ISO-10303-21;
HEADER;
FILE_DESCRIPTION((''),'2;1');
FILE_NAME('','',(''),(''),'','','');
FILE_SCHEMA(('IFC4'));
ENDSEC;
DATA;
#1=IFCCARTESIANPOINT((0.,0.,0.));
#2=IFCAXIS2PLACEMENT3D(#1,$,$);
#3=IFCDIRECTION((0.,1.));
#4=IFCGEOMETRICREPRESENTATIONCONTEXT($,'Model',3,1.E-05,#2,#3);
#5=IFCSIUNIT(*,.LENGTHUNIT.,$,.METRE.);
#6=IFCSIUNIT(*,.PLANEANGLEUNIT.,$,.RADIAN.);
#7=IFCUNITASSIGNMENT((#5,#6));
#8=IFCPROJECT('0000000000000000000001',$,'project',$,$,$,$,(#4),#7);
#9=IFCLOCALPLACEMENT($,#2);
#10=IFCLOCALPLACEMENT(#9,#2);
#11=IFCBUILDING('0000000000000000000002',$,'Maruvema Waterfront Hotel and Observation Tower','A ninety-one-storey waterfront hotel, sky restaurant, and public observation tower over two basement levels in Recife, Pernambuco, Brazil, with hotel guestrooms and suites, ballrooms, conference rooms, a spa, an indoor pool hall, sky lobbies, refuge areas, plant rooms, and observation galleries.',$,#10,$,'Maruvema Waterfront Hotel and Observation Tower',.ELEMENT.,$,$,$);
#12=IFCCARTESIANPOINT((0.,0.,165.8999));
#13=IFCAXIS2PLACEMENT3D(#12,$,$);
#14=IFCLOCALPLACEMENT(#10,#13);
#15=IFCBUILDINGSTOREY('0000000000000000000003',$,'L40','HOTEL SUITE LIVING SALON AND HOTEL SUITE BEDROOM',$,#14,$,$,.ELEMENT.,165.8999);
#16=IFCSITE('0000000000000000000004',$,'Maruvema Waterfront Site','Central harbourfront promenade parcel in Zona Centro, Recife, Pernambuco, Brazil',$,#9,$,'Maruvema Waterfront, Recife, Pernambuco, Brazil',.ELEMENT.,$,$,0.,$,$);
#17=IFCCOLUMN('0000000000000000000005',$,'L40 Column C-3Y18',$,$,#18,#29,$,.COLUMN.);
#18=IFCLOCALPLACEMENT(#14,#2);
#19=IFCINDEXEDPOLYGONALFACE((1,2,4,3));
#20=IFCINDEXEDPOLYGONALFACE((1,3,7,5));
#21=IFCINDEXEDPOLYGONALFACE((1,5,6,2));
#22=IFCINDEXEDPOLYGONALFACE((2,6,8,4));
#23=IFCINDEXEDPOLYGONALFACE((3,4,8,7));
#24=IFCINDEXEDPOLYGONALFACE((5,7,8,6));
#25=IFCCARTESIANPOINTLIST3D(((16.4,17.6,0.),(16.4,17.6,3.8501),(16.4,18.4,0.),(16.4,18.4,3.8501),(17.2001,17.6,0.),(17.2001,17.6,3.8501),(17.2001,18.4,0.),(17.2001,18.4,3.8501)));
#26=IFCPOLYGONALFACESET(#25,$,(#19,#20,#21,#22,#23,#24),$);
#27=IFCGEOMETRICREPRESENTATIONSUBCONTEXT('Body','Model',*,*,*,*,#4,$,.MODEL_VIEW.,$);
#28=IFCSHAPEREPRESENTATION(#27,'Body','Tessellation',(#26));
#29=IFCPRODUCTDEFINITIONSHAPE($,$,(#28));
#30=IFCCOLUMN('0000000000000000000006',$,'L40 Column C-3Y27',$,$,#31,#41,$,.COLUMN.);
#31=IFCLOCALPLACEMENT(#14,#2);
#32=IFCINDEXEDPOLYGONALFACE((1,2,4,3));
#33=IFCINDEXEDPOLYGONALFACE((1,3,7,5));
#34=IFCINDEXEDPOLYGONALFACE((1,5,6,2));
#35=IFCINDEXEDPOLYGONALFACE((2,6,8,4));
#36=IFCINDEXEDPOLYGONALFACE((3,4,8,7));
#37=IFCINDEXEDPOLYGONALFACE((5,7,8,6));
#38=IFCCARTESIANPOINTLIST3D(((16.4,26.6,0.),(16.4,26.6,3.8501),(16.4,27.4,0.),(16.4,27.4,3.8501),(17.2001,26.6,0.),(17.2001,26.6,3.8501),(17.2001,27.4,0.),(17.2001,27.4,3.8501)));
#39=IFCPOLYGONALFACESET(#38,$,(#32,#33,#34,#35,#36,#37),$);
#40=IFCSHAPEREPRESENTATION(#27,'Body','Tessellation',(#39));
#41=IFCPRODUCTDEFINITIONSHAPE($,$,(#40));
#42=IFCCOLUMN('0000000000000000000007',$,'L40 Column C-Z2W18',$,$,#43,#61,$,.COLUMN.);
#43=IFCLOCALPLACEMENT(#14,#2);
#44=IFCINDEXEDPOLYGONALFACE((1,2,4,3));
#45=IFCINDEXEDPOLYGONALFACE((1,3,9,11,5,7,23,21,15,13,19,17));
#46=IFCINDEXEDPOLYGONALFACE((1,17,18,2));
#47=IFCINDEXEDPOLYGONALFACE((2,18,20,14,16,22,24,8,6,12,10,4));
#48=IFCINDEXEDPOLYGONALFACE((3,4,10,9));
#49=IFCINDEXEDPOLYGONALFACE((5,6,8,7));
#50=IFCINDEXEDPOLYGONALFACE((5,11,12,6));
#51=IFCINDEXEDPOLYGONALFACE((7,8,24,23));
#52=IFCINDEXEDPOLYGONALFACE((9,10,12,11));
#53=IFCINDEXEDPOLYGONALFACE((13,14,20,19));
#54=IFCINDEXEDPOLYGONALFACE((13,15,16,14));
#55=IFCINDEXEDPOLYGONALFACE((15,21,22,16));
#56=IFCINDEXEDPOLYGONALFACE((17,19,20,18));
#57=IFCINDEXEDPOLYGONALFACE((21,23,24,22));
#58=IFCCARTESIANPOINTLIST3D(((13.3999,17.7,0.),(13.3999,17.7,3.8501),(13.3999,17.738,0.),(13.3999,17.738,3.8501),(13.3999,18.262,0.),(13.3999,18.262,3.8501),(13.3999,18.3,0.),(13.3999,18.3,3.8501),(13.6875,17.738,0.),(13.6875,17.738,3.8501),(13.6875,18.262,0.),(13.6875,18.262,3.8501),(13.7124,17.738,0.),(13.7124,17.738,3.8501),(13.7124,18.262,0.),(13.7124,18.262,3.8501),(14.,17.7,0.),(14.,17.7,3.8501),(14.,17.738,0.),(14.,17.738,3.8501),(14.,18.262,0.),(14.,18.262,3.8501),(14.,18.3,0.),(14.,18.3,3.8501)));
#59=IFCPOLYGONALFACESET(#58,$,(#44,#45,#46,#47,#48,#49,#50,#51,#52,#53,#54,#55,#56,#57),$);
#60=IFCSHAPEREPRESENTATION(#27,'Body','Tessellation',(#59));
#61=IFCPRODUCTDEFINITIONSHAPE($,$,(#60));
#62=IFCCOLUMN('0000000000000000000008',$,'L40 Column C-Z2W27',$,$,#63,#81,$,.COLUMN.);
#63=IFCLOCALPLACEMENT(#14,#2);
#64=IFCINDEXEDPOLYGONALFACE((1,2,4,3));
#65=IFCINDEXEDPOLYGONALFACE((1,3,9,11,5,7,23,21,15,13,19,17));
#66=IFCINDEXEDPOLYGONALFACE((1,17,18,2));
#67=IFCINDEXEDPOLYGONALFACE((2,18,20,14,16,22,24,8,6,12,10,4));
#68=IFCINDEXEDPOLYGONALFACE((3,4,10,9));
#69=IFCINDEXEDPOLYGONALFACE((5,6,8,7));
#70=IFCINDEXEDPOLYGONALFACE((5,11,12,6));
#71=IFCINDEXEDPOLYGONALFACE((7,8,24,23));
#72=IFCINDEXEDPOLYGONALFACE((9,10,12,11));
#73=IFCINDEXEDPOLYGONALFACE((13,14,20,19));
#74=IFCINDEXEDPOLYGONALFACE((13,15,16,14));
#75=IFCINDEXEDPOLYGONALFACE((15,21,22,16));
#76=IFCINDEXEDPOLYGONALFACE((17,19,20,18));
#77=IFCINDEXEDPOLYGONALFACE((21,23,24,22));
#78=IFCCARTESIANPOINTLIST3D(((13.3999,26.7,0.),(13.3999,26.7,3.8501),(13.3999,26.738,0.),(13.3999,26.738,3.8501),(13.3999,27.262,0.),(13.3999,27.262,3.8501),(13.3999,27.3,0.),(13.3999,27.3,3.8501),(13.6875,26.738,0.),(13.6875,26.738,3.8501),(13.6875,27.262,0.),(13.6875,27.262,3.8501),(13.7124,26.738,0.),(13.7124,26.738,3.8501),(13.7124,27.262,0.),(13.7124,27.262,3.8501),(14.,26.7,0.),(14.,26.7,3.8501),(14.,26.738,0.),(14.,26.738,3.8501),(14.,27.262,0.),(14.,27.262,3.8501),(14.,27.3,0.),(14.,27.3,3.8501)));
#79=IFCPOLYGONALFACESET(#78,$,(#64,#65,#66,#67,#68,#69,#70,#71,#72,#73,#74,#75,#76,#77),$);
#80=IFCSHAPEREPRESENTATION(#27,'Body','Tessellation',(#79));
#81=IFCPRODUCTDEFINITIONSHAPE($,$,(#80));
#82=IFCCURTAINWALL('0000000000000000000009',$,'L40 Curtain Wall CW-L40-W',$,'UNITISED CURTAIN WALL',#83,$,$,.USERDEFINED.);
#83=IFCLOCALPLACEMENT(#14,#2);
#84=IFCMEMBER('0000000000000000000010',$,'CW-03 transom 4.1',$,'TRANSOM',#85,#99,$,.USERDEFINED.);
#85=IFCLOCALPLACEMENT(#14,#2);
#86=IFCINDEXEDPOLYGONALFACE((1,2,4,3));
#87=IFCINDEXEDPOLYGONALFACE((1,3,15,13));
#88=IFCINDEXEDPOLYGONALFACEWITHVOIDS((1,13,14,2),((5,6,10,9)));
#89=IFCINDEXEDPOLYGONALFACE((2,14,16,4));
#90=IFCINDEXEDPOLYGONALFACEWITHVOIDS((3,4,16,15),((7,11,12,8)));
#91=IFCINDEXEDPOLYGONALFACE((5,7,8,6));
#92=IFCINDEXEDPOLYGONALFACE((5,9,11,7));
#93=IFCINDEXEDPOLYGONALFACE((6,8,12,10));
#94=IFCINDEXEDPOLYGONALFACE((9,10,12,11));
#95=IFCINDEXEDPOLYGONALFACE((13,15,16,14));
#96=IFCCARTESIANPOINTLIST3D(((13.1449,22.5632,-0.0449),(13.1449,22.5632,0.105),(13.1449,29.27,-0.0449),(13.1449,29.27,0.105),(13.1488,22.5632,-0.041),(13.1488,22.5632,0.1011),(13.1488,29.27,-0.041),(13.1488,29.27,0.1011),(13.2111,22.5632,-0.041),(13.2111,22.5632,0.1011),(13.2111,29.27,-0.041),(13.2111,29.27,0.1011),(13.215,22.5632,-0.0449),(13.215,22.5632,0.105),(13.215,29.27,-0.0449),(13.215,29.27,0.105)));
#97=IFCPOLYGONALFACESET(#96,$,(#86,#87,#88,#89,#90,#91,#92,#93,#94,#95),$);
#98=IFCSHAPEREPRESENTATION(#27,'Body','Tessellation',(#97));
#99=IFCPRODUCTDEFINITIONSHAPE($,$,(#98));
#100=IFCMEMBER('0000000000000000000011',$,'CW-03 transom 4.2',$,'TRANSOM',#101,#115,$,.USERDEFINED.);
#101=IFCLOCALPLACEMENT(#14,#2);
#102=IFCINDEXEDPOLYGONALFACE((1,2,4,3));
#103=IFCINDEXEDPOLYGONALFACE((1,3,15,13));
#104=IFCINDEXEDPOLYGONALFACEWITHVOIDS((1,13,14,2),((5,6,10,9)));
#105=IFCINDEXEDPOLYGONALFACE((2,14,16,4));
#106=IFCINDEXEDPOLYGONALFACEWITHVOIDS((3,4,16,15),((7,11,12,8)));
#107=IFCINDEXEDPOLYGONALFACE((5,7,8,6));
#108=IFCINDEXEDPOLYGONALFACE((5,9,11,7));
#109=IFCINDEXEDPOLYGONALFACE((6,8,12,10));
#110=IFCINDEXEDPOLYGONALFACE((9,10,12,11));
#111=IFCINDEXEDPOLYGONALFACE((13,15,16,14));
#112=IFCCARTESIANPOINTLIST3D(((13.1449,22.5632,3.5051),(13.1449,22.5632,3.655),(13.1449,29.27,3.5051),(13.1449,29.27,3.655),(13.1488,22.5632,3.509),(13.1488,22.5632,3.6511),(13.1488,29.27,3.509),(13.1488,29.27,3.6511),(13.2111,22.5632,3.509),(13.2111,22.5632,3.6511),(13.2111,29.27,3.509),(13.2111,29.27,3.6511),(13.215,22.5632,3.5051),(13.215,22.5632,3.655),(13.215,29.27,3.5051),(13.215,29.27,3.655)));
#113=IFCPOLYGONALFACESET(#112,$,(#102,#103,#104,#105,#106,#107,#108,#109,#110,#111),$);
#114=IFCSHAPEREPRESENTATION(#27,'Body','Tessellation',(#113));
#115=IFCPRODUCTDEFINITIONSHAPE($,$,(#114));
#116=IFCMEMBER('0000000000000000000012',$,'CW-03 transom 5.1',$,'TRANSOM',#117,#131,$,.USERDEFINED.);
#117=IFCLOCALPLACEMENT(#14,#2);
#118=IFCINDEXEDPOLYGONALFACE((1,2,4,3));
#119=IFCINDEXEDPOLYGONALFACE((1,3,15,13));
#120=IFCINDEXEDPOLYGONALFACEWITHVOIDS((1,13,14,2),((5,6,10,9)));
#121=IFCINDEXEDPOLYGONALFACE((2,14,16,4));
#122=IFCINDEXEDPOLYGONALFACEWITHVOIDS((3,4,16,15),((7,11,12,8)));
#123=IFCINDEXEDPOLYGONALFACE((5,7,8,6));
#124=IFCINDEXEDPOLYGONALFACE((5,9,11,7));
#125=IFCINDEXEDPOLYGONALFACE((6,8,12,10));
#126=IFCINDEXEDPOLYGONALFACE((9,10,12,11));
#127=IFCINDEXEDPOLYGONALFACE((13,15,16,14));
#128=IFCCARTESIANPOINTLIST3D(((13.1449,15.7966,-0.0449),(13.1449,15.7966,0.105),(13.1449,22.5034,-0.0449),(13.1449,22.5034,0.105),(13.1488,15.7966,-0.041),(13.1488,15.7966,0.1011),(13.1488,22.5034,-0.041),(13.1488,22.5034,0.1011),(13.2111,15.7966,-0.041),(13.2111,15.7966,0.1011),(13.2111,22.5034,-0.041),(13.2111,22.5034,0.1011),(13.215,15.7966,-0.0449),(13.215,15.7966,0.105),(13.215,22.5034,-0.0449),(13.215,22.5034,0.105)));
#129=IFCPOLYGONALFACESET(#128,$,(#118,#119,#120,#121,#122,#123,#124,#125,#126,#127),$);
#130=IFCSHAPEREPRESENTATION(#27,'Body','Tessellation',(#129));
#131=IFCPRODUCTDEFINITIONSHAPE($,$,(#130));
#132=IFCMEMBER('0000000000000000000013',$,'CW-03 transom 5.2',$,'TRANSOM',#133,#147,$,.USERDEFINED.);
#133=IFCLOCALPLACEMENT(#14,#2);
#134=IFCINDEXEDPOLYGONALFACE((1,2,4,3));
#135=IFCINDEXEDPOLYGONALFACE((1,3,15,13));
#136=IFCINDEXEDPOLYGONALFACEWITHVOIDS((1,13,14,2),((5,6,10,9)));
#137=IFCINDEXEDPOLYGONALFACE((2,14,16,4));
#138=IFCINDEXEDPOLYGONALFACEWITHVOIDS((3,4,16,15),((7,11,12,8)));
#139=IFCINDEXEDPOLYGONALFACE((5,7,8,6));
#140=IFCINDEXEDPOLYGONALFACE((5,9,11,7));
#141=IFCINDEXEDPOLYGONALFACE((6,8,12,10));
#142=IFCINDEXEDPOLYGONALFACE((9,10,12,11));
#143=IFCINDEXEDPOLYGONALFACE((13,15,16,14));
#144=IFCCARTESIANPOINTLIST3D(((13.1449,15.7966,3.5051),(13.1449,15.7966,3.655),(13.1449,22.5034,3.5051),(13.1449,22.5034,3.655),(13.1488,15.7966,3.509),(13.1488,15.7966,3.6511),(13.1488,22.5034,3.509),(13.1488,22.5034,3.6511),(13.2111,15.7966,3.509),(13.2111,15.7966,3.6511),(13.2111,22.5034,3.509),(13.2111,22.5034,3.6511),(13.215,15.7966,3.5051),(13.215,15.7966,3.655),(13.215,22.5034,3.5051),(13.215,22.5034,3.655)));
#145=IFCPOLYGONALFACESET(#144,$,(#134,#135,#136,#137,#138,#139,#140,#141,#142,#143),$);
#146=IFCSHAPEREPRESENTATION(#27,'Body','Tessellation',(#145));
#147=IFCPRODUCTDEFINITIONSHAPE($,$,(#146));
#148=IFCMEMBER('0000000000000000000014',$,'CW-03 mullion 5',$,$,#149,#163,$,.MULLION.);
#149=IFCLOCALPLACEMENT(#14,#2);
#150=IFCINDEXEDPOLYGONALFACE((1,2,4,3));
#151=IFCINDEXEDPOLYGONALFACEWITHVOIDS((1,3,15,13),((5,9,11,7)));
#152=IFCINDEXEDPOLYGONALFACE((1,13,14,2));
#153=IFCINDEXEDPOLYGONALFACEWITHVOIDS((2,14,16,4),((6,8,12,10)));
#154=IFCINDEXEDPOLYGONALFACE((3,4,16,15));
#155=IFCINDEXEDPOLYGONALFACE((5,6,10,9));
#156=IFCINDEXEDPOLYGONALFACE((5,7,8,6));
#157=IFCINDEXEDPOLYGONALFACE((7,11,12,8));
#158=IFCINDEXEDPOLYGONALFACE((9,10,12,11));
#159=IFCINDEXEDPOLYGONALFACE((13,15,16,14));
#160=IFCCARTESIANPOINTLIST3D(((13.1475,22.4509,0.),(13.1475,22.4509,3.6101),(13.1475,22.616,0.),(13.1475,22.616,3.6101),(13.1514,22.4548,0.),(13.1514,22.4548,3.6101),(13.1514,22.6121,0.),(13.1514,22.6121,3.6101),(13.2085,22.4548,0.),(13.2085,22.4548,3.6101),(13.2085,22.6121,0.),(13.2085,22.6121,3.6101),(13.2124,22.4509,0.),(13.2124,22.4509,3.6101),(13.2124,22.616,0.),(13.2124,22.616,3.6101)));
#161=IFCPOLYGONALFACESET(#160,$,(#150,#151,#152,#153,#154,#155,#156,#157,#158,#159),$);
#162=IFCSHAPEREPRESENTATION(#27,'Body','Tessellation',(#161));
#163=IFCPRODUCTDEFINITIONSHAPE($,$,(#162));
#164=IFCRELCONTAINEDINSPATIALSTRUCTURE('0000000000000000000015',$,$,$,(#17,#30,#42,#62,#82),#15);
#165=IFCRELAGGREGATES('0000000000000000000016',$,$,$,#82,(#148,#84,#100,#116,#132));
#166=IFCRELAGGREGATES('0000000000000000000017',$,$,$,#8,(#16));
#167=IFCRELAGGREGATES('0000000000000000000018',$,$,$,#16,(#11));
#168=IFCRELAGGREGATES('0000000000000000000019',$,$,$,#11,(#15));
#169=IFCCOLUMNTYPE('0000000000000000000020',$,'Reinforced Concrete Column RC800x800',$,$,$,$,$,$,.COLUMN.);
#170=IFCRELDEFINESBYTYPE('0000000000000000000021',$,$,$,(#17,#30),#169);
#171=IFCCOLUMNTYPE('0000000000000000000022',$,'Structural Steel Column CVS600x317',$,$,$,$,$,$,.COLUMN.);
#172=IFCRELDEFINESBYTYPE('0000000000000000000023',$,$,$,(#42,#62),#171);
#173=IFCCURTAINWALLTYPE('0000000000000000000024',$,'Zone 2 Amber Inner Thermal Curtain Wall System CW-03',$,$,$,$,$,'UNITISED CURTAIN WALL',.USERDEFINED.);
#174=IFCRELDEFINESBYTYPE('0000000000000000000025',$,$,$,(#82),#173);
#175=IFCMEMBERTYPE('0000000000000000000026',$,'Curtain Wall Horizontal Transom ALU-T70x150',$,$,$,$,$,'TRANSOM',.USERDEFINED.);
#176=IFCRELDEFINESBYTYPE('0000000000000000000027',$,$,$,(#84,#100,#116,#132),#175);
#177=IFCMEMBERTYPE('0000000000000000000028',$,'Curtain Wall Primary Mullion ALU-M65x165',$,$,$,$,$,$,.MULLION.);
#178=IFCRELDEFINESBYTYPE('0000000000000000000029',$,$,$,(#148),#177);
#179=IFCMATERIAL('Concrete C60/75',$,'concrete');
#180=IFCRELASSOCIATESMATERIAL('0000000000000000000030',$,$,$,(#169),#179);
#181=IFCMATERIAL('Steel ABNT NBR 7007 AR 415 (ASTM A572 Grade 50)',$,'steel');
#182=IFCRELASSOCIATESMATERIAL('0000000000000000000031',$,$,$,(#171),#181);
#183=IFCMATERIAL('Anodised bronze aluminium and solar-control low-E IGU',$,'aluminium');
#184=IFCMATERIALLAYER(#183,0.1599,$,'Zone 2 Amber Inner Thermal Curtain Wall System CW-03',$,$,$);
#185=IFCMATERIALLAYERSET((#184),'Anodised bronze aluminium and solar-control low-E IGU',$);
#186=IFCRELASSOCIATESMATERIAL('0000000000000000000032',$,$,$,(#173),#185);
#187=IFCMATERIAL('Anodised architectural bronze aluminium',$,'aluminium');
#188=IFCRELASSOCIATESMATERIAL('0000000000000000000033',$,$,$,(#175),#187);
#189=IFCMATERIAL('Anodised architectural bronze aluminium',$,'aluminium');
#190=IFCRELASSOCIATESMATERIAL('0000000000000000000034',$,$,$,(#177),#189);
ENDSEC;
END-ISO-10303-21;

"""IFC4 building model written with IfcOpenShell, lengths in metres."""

from ifc_helpers import new_model, si_unit, direction, frame, origin, origin_2d, place, context, subcontext, project, spatial, rectangle, hollow_rectangle, i_section, extrude, material, layer, layer_set, material_profile, profile_set, type_object, element, aggregate, save


model = new_model("IFC4")

# Units and contexts
model_context = context("Model", 3, precision=1e-05, world=origin(), true_north=direction((0.0, 1.0)))
body_context = subcontext(model_context, "Body", "Model", "MODEL_VIEW")
ifc_project = project(units=[si_unit("LENGTHUNIT", "METRE"), si_unit("PLANEANGLEUNIT", "RADIAN")], contexts=[model_context])

# Site, building, storey
site_placement = place(None, origin())
site = spatial("IfcSite", under=ifc_project, at=site_placement, Name="Maruvema Waterfront Site", Description="Central harbourfront promenade parcel in Zona Centro, Recife, Pernambuco, Brazil", LongName="Maruvema Waterfront, Recife, Pernambuco, Brazil", CompositionType="ELEMENT", RefElevation=0.0)
building_placement = place(site_placement, origin())
building = spatial("IfcBuilding", under=site, at=building_placement, Name="Maruvema Waterfront Hotel and Observation Tower", Description="A ninety-one-storey waterfront hotel, sky restaurant, and public observation tower over two basement levels in Recife, Pernambuco, Brazil, with hotel guestrooms and suites, ballrooms, conference rooms, a spa, an indoor pool hall, sky lobbies, refuge areas, plant rooms, and observation galleries.", LongName="Maruvema Waterfront Hotel and Observation Tower", CompositionType="ELEMENT")
storey_placement = place(building_placement, frame((0.0, 0.0, 165.8999)))
storey = spatial("IfcBuildingStorey", under=building, at=storey_placement, Name="L40", Description="HOTEL SUITE LIVING SALON AND HOTEL SUITE BEDROOM", CompositionType="ELEMENT", Elevation=165.8999)

# Columns
ifc_material_1 = material(Name="Concrete C60/75", Category="concrete")
ifc_material_profile_1 = material_profile(ifc_material_1, rectangle(XDim=0.8, YDim=0.8, at=origin_2d()), Name="RC800x800")
ifc_profile_set_1 = profile_set([ifc_material_profile_1], Name="Concrete C60/75")
column_type_1 = type_object("IfcColumnType", Name="Reinforced Concrete Column RC800x800", PredefinedType="COLUMN", material=ifc_profile_set_1)
for number, where, z_axis, x_axis, name in (
    (1, (16.8, 18.0, 0.0), (0.0, 0.0, 1.0), (1.0, 0.0, 0.0), "L40 Column C-3Y18"),
    (2, (16.8, 27.0, 0.0), (0.0, 0.0, 1.0), (1.0, 0.0, 0.0), "L40 Column C-3Y27"),
):
    element("IfcColumn", number, at=place(storey_placement, frame(where, z_axis=z_axis, x_axis=x_axis)), inside=storey, type_object=column_type_1, Name=name, PredefinedType="COLUMN", context=body_context, shape_type="SweptSolid", body=[
        extrude(rectangle(XDim=0.8, YDim=0.8, at=origin_2d()), origin(), (0.0, 0.0, 1.0), 3.8501),
    ])
ifc_material_2 = material(Name="Steel ABNT NBR 7007 AR 415 (ASTM A572 Grade 50)", Category="steel")
ifc_material_profile_2 = material_profile(ifc_material_2, i_section(OverallWidth=0.6001, OverallDepth=0.6001, WebThickness=0.0249, FlangeThickness=0.0381, at=origin_2d()), Name="CVS600x317")
ifc_profile_set_2 = profile_set([ifc_material_profile_2], Name="Steel ABNT NBR 7007 AR 415 (ASTM A572 Grade 50)")
column_type_2 = type_object("IfcColumnType", Name="Structural Steel Column CVS600x317", PredefinedType="COLUMN", material=ifc_profile_set_2)
for number, where, z_axis, x_axis, name in (
    (3, (13.7, 18.0, 0.0), (0.0, 0.0, 1.0), (1.0, 0.0, 0.0), "L40 Column C-Z2W18"),
    (4, (13.7, 27.0, 0.0), (0.0, 0.0, 1.0), (1.0, 0.0, 0.0), "L40 Column C-Z2W27"),
):
    element("IfcColumn", number, at=place(storey_placement, frame(where, z_axis=z_axis, x_axis=x_axis)), inside=storey, type_object=column_type_2, Name=name, PredefinedType="COLUMN", context=body_context, shape_type="SweptSolid", body=[
        extrude(i_section(OverallWidth=0.6001, OverallDepth=0.6001, WebThickness=0.0249, FlangeThickness=0.0381, at=origin_2d()), origin(), (0.0, 0.0, 1.0), 3.8501),
    ])

# Curtain wall, members
ifc_material_3 = material(Name="Anodised bronze aluminium and solar-control low-E IGU", Category="aluminium")
ifc_layer_1 = layer(ifc_material_3, 0.1599, Name="Zone 2 Amber Inner Thermal Curtain Wall System CW-03")
ifc_layer_set_1 = layer_set([ifc_layer_1], Name="Anodised bronze aluminium and solar-control low-E IGU")
curtain_wall_type = type_object("IfcCurtainWallType", Name="Zone 2 Amber Inner Thermal Curtain Wall System CW-03", ElementType="UNITISED CURTAIN WALL", PredefinedType="USERDEFINED", material=ifc_layer_set_1)
curtain_wall_placement = place(storey_placement, origin())
curtain_wall = element("IfcCurtainWall", 5, at=curtain_wall_placement, inside=storey, type_object=curtain_wall_type, Name="L40 Curtain Wall CW-L40-W", ObjectType="UNITISED CURTAIN WALL", PredefinedType="USERDEFINED")
ifc_material_4 = material(Name="Anodised architectural bronze aluminium", Category="aluminium")
ifc_material_profile_3 = material_profile(ifc_material_4, hollow_rectangle(XDim=0.0701, YDim=0.1499, WallThickness=0.0039, at=origin_2d()), Name="ALU-T70x150")
ifc_profile_set_3 = profile_set([ifc_material_profile_3], Name="Anodised architectural bronze aluminium")
member_type_1 = type_object("IfcMemberType", Name="Curtain Wall Horizontal Transom ALU-T70x150", ElementType="TRANSOM", PredefinedType="USERDEFINED", material=ifc_profile_set_3)
member_1_placement = place(storey_placement, frame((13.1799, 29.27, 0.03), z_axis=(0.0, -1.0, 0.0), x_axis=(1.0, 0.0, 0.0)))
member_1 = element("IfcMember", 6, at=member_1_placement, type_object=member_type_1, Name="CW-03 transom 4.1", ObjectType="TRANSOM", PredefinedType="USERDEFINED", context=body_context, shape_type="SweptSolid", body=[
    extrude(hollow_rectangle(XDim=0.0701, YDim=0.1499, WallThickness=0.0039, at=origin_2d()), origin(), (0.0, 0.0, 1.0), 6.7068),
])
member_2_placement = place(storey_placement, frame((13.1799, 29.27, 3.5801), z_axis=(0.0, -1.0, 0.0), x_axis=(1.0, 0.0, 0.0)))
member_2 = element("IfcMember", 7, at=member_2_placement, type_object=member_type_1, Name="CW-03 transom 4.2", ObjectType="TRANSOM", PredefinedType="USERDEFINED", context=body_context, shape_type="SweptSolid", body=[
    extrude(hollow_rectangle(XDim=0.0701, YDim=0.1499, WallThickness=0.0039, at=origin_2d()), origin(), (0.0, 0.0, 1.0), 6.7068),
])
member_3_placement = place(storey_placement, frame((13.1799, 22.5034, 0.03), z_axis=(0.0, -1.0, 0.0), x_axis=(1.0, 0.0, 0.0)))
member_3 = element("IfcMember", 8, at=member_3_placement, type_object=member_type_1, Name="CW-03 transom 5.1", ObjectType="TRANSOM", PredefinedType="USERDEFINED", context=body_context, shape_type="SweptSolid", body=[
    extrude(hollow_rectangle(XDim=0.0701, YDim=0.1499, WallThickness=0.0039, at=origin_2d()), origin(), (0.0, 0.0, 1.0), 6.7068),
])
member_4_placement = place(storey_placement, frame((13.1799, 22.5034, 3.5801), z_axis=(0.0, -1.0, 0.0), x_axis=(1.0, 0.0, 0.0)))
member_4 = element("IfcMember", 9, at=member_4_placement, type_object=member_type_1, Name="CW-03 transom 5.2", ObjectType="TRANSOM", PredefinedType="USERDEFINED", context=body_context, shape_type="SweptSolid", body=[
    extrude(hollow_rectangle(XDim=0.0701, YDim=0.1499, WallThickness=0.0039, at=origin_2d()), origin(), (0.0, 0.0, 1.0), 6.7068),
])
ifc_material_5 = material(Name="Anodised architectural bronze aluminium", Category="aluminium")
ifc_material_profile_4 = material_profile(ifc_material_5, hollow_rectangle(XDim=0.0649, YDim=0.165, WallThickness=0.0039, at=origin_2d()), Name="ALU-M65x165")
ifc_profile_set_4 = profile_set([ifc_material_profile_4], Name="Anodised architectural bronze aluminium")
member_type_2 = type_object("IfcMemberType", Name="Curtain Wall Primary Mullion ALU-M65x165", PredefinedType="MULLION", material=ifc_profile_set_4)
member_5_placement = place(storey_placement, frame((13.1799, 22.5334, 0.0), z_axis=(0.0, 0.0, 1.0), x_axis=(1.0, 0.0, 0.0)))
member_5 = element("IfcMember", 10, at=member_5_placement, type_object=member_type_2, Name="CW-03 mullion 5", PredefinedType="MULLION", context=body_context, shape_type="SweptSolid", body=[
    extrude(hollow_rectangle(XDim=0.0649, YDim=0.165, WallThickness=0.0039, at=origin_2d()), origin(), (0.0, 0.0, 1.0), 3.6101),
])

aggregate(curtain_wall, [member_5, member_1, member_2, member_3, member_4])

save(model, "model.ifc")
